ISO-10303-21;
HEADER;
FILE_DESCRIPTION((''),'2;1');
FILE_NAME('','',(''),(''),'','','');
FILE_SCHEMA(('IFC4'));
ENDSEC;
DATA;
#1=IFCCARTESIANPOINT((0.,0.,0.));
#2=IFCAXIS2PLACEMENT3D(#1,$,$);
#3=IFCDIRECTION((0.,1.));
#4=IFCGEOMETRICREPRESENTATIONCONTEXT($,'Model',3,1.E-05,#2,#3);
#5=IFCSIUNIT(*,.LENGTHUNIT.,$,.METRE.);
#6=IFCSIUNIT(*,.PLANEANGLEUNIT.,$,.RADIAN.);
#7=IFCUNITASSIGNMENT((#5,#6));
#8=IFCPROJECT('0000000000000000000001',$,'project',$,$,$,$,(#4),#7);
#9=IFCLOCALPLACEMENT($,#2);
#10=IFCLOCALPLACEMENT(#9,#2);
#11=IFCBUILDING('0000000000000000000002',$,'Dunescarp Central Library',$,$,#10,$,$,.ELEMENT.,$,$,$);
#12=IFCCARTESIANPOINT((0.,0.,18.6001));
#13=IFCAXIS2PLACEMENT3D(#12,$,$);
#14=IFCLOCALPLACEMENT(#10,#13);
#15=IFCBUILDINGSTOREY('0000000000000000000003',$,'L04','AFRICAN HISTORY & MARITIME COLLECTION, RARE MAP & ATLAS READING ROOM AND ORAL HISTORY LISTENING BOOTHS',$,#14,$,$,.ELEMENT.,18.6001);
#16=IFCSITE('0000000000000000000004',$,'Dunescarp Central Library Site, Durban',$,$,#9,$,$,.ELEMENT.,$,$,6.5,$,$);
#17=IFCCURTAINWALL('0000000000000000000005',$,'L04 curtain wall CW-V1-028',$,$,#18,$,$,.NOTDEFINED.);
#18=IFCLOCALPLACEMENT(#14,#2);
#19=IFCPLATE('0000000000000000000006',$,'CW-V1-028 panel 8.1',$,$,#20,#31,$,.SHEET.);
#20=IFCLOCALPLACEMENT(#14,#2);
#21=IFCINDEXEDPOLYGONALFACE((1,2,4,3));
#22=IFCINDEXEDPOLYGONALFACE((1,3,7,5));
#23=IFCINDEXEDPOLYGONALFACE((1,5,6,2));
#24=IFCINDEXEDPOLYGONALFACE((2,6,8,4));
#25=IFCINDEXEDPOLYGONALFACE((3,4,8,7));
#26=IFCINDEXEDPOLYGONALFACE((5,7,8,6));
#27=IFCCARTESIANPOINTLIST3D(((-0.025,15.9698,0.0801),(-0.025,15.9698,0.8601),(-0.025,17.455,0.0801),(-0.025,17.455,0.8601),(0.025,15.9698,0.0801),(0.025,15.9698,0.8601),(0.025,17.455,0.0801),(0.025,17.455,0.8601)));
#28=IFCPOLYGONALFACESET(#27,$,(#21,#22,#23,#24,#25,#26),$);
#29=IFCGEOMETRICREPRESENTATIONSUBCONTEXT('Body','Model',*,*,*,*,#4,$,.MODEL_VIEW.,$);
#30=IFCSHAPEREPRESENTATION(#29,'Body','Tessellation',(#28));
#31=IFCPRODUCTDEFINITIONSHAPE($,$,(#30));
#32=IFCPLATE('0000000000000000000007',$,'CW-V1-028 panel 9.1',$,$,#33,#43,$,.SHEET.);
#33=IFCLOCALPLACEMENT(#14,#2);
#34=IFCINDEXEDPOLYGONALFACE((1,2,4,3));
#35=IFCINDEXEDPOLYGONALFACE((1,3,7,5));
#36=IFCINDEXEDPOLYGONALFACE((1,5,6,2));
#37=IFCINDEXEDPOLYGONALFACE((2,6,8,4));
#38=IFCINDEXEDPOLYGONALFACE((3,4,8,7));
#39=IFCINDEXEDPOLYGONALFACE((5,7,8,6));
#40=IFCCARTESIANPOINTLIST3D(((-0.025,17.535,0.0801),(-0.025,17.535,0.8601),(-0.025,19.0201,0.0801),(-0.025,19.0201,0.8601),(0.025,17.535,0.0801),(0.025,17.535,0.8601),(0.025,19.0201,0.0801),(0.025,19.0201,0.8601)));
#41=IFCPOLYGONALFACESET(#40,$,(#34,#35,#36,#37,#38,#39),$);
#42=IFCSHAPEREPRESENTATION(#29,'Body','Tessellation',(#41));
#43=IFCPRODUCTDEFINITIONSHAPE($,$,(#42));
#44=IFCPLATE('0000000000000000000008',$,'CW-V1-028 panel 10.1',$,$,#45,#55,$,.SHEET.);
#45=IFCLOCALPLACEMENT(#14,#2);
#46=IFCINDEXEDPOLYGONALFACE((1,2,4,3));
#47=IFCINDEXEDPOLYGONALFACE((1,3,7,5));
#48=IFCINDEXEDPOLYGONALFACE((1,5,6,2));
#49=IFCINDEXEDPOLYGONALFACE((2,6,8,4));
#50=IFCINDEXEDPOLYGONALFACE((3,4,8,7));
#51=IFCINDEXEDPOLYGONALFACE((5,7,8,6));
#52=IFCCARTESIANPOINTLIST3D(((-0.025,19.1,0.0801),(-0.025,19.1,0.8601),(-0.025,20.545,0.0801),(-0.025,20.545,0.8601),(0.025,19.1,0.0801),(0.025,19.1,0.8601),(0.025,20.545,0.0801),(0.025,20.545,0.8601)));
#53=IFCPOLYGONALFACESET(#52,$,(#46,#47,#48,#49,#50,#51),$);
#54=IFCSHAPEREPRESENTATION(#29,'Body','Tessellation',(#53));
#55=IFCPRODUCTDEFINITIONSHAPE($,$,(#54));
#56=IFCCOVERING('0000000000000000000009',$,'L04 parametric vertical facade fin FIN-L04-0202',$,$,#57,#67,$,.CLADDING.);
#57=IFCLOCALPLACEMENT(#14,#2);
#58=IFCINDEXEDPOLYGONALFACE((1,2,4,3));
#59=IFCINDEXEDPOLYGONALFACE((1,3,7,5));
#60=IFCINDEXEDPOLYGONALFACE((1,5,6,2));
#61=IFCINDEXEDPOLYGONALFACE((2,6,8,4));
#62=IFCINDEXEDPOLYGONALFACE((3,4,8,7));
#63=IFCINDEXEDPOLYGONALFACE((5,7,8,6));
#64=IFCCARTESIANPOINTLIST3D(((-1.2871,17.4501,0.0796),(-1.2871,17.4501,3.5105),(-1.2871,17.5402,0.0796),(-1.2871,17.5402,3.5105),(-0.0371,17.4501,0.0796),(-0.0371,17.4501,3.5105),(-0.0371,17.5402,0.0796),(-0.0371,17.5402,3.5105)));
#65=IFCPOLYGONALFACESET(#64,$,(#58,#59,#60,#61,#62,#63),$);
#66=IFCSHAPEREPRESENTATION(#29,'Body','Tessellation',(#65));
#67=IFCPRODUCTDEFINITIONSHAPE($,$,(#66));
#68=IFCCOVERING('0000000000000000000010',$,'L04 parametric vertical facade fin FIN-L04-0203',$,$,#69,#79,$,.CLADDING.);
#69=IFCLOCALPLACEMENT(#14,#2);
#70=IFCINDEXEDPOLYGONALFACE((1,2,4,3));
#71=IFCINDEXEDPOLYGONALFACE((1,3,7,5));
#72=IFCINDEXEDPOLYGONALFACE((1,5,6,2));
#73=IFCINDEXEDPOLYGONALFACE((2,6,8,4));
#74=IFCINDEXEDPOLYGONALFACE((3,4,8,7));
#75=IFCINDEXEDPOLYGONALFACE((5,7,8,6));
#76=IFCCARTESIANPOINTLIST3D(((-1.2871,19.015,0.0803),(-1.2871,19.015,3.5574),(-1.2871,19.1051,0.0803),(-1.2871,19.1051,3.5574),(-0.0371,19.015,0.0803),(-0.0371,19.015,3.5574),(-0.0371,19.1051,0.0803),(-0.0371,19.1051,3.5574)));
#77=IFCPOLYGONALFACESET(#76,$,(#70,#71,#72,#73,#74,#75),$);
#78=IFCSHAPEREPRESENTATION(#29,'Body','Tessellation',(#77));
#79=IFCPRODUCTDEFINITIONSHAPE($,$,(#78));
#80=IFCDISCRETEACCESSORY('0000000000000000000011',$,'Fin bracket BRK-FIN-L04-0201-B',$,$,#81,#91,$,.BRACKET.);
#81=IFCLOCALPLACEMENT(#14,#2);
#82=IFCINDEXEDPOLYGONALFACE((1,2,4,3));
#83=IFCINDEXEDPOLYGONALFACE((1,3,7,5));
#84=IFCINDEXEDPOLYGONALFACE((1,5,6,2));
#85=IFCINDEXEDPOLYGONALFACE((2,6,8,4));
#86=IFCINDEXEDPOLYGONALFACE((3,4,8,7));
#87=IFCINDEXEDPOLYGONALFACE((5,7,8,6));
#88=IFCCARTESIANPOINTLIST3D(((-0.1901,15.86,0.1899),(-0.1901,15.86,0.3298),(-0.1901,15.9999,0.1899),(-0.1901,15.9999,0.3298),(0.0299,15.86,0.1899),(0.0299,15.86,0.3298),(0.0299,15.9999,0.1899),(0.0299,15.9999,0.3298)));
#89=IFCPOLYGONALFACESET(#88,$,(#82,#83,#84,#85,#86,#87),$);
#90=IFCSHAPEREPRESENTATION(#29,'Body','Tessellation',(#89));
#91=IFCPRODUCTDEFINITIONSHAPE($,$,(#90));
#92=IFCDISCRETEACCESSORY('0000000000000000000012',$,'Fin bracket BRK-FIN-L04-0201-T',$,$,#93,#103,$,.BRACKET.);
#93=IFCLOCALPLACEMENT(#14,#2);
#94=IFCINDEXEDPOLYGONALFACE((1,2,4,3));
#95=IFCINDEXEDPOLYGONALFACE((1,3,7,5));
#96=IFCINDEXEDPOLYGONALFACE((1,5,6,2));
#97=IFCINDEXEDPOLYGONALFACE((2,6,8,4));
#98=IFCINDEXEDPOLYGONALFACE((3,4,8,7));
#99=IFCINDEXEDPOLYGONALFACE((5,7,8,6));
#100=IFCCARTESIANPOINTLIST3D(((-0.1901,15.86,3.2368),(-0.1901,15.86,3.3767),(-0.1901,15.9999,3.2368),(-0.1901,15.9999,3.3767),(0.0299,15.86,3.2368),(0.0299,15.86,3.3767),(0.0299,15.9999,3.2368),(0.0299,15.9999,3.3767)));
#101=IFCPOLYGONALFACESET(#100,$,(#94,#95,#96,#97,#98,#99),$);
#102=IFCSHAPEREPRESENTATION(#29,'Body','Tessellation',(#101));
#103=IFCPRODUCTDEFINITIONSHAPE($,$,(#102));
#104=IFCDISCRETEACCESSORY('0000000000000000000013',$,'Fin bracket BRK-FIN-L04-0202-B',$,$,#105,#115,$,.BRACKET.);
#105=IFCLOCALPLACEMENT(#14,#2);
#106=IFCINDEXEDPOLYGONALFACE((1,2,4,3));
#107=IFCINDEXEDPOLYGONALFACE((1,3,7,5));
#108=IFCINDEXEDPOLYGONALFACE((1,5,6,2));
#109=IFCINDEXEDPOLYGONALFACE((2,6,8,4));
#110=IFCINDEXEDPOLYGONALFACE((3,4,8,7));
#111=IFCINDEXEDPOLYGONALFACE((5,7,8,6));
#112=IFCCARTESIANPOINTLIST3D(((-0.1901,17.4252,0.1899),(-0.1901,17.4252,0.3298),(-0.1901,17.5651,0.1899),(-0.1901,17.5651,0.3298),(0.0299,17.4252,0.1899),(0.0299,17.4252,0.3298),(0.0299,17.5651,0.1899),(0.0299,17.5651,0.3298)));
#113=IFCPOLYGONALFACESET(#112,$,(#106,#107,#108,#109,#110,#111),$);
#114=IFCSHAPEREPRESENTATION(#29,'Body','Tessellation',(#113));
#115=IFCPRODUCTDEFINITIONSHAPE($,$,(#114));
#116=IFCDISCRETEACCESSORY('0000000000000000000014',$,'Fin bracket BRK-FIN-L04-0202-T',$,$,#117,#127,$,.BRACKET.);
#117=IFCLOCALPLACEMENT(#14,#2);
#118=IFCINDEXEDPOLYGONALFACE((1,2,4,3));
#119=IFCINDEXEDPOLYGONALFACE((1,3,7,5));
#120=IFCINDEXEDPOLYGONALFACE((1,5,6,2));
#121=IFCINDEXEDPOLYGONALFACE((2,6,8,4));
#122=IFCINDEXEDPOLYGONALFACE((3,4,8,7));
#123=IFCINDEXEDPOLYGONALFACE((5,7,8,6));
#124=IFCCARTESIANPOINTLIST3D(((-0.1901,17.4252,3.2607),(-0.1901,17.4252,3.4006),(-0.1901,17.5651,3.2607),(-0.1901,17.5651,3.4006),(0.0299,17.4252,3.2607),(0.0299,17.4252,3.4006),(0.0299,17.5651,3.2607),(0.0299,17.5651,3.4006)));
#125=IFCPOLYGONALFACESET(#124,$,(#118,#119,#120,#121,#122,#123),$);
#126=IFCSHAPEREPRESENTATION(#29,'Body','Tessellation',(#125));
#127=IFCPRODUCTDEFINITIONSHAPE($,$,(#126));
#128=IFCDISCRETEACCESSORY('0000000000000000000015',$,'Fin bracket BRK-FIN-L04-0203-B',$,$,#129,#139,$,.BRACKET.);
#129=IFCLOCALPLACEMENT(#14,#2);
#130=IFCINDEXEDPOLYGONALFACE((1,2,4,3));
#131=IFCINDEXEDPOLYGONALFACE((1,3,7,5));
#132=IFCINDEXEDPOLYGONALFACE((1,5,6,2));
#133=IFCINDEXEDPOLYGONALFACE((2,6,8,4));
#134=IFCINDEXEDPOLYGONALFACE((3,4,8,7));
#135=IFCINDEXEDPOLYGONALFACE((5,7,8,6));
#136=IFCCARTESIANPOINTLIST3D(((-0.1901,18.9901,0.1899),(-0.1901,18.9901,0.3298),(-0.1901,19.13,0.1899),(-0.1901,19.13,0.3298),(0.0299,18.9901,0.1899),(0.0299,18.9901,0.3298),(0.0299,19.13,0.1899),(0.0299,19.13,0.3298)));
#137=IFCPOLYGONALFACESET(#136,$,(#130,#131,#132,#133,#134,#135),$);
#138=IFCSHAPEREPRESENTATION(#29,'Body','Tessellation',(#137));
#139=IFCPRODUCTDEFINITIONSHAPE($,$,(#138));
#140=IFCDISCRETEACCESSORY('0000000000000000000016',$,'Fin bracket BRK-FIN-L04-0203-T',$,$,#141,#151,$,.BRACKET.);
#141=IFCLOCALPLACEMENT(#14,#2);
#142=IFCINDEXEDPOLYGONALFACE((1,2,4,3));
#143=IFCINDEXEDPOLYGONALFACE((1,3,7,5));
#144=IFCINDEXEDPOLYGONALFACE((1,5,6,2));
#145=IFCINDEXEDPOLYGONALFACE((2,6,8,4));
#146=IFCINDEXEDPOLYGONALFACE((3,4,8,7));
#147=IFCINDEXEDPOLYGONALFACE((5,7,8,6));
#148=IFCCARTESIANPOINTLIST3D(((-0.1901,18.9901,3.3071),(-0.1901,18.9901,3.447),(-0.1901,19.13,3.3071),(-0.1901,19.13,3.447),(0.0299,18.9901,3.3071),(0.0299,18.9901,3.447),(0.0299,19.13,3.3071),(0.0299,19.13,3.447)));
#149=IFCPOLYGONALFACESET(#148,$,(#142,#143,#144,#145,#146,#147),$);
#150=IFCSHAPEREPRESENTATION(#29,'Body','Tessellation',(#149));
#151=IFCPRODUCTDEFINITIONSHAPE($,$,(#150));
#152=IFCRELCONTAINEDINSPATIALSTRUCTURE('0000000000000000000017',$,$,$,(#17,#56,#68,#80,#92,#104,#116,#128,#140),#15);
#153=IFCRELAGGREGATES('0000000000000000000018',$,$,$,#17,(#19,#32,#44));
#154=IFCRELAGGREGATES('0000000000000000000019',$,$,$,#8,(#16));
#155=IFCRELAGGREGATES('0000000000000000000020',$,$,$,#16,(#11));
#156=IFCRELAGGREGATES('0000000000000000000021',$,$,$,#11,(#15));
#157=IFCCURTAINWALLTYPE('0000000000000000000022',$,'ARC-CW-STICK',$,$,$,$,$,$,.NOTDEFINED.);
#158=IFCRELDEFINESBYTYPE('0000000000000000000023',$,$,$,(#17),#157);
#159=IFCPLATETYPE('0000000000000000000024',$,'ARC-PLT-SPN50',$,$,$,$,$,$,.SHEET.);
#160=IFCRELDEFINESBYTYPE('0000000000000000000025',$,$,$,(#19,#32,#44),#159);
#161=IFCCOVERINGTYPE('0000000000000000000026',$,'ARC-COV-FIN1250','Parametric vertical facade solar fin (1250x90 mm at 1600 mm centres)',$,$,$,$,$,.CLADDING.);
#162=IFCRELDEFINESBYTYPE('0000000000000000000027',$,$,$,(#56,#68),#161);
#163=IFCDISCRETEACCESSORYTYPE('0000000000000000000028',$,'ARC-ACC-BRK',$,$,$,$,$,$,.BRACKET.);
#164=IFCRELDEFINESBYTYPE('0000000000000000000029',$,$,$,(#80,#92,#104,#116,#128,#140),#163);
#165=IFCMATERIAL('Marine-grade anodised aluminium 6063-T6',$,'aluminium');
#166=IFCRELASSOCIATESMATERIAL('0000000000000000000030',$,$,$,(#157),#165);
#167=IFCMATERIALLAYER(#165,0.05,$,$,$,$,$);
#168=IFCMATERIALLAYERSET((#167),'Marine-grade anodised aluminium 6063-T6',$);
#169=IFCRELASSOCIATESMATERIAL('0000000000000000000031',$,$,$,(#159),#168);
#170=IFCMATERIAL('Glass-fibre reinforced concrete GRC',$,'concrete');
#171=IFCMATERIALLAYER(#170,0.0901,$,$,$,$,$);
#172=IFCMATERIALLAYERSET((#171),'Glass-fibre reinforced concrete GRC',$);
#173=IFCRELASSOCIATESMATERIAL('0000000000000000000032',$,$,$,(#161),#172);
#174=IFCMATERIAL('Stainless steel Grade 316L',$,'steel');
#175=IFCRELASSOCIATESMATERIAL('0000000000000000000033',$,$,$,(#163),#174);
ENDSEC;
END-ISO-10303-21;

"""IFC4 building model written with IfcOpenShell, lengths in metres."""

from ifc_helpers import new_model, si_unit, direction, frame, origin, origin_2d, place, context, subcontext, project, spatial, rectangle, extrude, material, layer, layer_set, type_object, element, aggregate, save


model = new_model("IFC4")

# Units and contexts
model_context = context("Model", 3, precision=1e-05, world=origin(), true_north=direction((0.0, 1.0)))
body_context = subcontext(model_context, "Body", "Model", "MODEL_VIEW")
ifc_project = project(units=[si_unit("LENGTHUNIT", "METRE"), si_unit("PLANEANGLEUNIT", "RADIAN")], contexts=[model_context])

# Site, building, storey
site_placement = place(None, origin())
site = spatial("IfcSite", under=ifc_project, at=site_placement, Name="Dunescarp Central Library Site, Durban", CompositionType="ELEMENT", RefElevation=6.5)
building_placement = place(site_placement, origin())
building = spatial("IfcBuilding", under=site, at=building_placement, Name="Dunescarp Central Library", CompositionType="ELEMENT")
storey_placement = place(building_placement, frame((0.0, 0.0, 18.6001)))
storey = spatial("IfcBuildingStorey", under=building, at=storey_placement, Name="L04", Description="AFRICAN HISTORY & MARITIME COLLECTION, RARE MAP & ATLAS READING ROOM AND ORAL HISTORY LISTENING BOOTHS", CompositionType="ELEMENT", Elevation=18.6001)

# Curtain wall, plates
ifc_material_1 = material(Name="Marine-grade anodised aluminium 6063-T6", Category="aluminium")
curtain_wall_type = type_object("IfcCurtainWallType", Name="ARC-CW-STICK", PredefinedType="NOTDEFINED", material=ifc_material_1)
curtain_wall_placement = place(storey_placement, origin())
curtain_wall = element("IfcCurtainWall", 1, at=curtain_wall_placement, inside=storey, type_object=curtain_wall_type, Name="L04 curtain wall CW-V1-028", PredefinedType="NOTDEFINED")
ifc_layer_1 = layer(ifc_material_1, 0.05)
ifc_layer_set_1 = layer_set([ifc_layer_1], Name="Marine-grade anodised aluminium 6063-T6")
plate_type_1 = type_object("IfcPlateType", Name="ARC-PLT-SPN50", PredefinedType="SHEET", material=ifc_layer_set_1)
plate_1_placement = place(storey_placement, frame((0.0, 16.7124, 0.0801), z_axis=(0.0, 0.0, 1.0), x_axis=(0.0, 1.0, 0.0)))
plate_1 = element("IfcPlate", 2, at=plate_1_placement, type_object=plate_type_1, Name="CW-V1-028 panel 8.1", PredefinedType="SHEET", context=body_context, shape_type="SweptSolid", body=[
    extrude(rectangle(XDim=1.4851, YDim=0.05, at=origin_2d()), origin(), (0.0, 0.0, 1.0), 0.78),
])
plate_2_placement = place(storey_placement, frame((0.0, 18.2776, 0.0801), z_axis=(0.0, 0.0, 1.0), x_axis=(0.0, 1.0, 0.0)))
plate_2 = element("IfcPlate", 3, at=plate_2_placement, type_object=plate_type_1, Name="CW-V1-028 panel 9.1", PredefinedType="SHEET", context=body_context, shape_type="SweptSolid", body=[
    extrude(rectangle(XDim=1.4851, YDim=0.05, at=origin_2d()), origin(), (0.0, 0.0, 1.0), 0.78),
])
plate_3_placement = place(storey_placement, frame((0.0, 19.8225, 0.0801), z_axis=(0.0, 0.0, 1.0), x_axis=(0.0, 1.0, 0.0)))
plate_3 = element("IfcPlate", 4, at=plate_3_placement, type_object=plate_type_1, Name="CW-V1-028 panel 10.1", PredefinedType="SHEET", context=body_context, shape_type="SweptSolid", body=[
    extrude(rectangle(XDim=1.4451, YDim=0.05, at=origin_2d()), origin(), (0.0, 0.0, 1.0), 0.78),
])
aggregate(curtain_wall, [plate_1, plate_2, plate_3])

# Coverings
ifc_material_2 = material(Name="Glass-fibre reinforced concrete GRC", Category="concrete")
ifc_layer_2 = layer(ifc_material_2, 0.0901)
ifc_layer_set_2 = layer_set([ifc_layer_2], Name="Glass-fibre reinforced concrete GRC")
covering_type = type_object("IfcCoveringType", Name="ARC-COV-FIN1250", Description="Parametric vertical facade solar fin (1250x90 mm at 1600 mm centres)", PredefinedType="CLADDING", material=ifc_layer_set_2)
covering_1_placement = place(storey_placement, frame((-0.6621, 17.4951, 0.0796), z_axis=(0.0, 0.0, 1.0), x_axis=(-1.0, 0.0, 0.0)))
element("IfcCovering", 5, at=covering_1_placement, inside=storey, type_object=covering_type, Name="L04 parametric vertical facade fin FIN-L04-0202", PredefinedType="CLADDING", context=body_context, shape_type="SweptSolid", body=[
    extrude(rectangle(XDim=1.25, YDim=0.0901, at=origin_2d()), origin(), (0.0, 0.0, 1.0), 3.4309),
])
covering_2_placement = place(storey_placement, frame((-0.6621, 19.0601, 0.0803), z_axis=(0.0, 0.0, 1.0), x_axis=(-1.0, 0.0, 0.0)))
element("IfcCovering", 6, at=covering_2_placement, inside=storey, type_object=covering_type, Name="L04 parametric vertical facade fin FIN-L04-0203", PredefinedType="CLADDING", context=body_context, shape_type="SweptSolid", body=[
    extrude(rectangle(XDim=1.25, YDim=0.0901, at=origin_2d()), origin(), (0.0, 0.0, 1.0), 3.4771),
])

# Discrete accessories
ifc_material_3 = material(Name="Stainless steel Grade 316L", Category="steel")
discrete_accessory_type = type_object("IfcDiscreteAccessoryType", Name="ARC-ACC-BRK", PredefinedType="BRACKET", material=ifc_material_3)
for number, where, z_axis, x_axis, name in (
    (7, (-0.0801, 15.9299, 0.1899), (0.0, 0.0, 1.0), (-1.0, 0.0, 0.0), "Fin bracket BRK-FIN-L04-0201-B"),
    (8, (-0.0801, 15.9299, 3.2368), (0.0, 0.0, 1.0), (-1.0, 0.0, 0.0), "Fin bracket BRK-FIN-L04-0201-T"),
    (9, (-0.0801, 17.4951, 0.1899), (0.0, 0.0, 1.0), (-1.0, 0.0, 0.0), "Fin bracket BRK-FIN-L04-0202-B"),
    (10, (-0.0801, 17.4951, 3.2607), (0.0, 0.0, 1.0), (-1.0, 0.0, 0.0), "Fin bracket BRK-FIN-L04-0202-T"),
    (11, (-0.0801, 19.0601, 0.1899), (0.0, 0.0, 1.0), (-1.0, 0.0, 0.0), "Fin bracket BRK-FIN-L04-0203-B"),
    (12, (-0.0801, 19.0601, 3.3071), (0.0, 0.0, 1.0), (-1.0, 0.0, 0.0), "Fin bracket BRK-FIN-L04-0203-T"),
):
    element("IfcDiscreteAccessory", number, at=place(storey_placement, frame(where, z_axis=z_axis, x_axis=x_axis)), inside=storey, type_object=discrete_accessory_type, Name=name, PredefinedType="BRACKET", context=body_context, shape_type="SweptSolid", body=[
        extrude(rectangle(XDim=0.22, YDim=0.1399, at=origin_2d()), origin(), (0.0, 0.0, 1.0), 0.1399),
    ])

save(model, "model.ifc")
